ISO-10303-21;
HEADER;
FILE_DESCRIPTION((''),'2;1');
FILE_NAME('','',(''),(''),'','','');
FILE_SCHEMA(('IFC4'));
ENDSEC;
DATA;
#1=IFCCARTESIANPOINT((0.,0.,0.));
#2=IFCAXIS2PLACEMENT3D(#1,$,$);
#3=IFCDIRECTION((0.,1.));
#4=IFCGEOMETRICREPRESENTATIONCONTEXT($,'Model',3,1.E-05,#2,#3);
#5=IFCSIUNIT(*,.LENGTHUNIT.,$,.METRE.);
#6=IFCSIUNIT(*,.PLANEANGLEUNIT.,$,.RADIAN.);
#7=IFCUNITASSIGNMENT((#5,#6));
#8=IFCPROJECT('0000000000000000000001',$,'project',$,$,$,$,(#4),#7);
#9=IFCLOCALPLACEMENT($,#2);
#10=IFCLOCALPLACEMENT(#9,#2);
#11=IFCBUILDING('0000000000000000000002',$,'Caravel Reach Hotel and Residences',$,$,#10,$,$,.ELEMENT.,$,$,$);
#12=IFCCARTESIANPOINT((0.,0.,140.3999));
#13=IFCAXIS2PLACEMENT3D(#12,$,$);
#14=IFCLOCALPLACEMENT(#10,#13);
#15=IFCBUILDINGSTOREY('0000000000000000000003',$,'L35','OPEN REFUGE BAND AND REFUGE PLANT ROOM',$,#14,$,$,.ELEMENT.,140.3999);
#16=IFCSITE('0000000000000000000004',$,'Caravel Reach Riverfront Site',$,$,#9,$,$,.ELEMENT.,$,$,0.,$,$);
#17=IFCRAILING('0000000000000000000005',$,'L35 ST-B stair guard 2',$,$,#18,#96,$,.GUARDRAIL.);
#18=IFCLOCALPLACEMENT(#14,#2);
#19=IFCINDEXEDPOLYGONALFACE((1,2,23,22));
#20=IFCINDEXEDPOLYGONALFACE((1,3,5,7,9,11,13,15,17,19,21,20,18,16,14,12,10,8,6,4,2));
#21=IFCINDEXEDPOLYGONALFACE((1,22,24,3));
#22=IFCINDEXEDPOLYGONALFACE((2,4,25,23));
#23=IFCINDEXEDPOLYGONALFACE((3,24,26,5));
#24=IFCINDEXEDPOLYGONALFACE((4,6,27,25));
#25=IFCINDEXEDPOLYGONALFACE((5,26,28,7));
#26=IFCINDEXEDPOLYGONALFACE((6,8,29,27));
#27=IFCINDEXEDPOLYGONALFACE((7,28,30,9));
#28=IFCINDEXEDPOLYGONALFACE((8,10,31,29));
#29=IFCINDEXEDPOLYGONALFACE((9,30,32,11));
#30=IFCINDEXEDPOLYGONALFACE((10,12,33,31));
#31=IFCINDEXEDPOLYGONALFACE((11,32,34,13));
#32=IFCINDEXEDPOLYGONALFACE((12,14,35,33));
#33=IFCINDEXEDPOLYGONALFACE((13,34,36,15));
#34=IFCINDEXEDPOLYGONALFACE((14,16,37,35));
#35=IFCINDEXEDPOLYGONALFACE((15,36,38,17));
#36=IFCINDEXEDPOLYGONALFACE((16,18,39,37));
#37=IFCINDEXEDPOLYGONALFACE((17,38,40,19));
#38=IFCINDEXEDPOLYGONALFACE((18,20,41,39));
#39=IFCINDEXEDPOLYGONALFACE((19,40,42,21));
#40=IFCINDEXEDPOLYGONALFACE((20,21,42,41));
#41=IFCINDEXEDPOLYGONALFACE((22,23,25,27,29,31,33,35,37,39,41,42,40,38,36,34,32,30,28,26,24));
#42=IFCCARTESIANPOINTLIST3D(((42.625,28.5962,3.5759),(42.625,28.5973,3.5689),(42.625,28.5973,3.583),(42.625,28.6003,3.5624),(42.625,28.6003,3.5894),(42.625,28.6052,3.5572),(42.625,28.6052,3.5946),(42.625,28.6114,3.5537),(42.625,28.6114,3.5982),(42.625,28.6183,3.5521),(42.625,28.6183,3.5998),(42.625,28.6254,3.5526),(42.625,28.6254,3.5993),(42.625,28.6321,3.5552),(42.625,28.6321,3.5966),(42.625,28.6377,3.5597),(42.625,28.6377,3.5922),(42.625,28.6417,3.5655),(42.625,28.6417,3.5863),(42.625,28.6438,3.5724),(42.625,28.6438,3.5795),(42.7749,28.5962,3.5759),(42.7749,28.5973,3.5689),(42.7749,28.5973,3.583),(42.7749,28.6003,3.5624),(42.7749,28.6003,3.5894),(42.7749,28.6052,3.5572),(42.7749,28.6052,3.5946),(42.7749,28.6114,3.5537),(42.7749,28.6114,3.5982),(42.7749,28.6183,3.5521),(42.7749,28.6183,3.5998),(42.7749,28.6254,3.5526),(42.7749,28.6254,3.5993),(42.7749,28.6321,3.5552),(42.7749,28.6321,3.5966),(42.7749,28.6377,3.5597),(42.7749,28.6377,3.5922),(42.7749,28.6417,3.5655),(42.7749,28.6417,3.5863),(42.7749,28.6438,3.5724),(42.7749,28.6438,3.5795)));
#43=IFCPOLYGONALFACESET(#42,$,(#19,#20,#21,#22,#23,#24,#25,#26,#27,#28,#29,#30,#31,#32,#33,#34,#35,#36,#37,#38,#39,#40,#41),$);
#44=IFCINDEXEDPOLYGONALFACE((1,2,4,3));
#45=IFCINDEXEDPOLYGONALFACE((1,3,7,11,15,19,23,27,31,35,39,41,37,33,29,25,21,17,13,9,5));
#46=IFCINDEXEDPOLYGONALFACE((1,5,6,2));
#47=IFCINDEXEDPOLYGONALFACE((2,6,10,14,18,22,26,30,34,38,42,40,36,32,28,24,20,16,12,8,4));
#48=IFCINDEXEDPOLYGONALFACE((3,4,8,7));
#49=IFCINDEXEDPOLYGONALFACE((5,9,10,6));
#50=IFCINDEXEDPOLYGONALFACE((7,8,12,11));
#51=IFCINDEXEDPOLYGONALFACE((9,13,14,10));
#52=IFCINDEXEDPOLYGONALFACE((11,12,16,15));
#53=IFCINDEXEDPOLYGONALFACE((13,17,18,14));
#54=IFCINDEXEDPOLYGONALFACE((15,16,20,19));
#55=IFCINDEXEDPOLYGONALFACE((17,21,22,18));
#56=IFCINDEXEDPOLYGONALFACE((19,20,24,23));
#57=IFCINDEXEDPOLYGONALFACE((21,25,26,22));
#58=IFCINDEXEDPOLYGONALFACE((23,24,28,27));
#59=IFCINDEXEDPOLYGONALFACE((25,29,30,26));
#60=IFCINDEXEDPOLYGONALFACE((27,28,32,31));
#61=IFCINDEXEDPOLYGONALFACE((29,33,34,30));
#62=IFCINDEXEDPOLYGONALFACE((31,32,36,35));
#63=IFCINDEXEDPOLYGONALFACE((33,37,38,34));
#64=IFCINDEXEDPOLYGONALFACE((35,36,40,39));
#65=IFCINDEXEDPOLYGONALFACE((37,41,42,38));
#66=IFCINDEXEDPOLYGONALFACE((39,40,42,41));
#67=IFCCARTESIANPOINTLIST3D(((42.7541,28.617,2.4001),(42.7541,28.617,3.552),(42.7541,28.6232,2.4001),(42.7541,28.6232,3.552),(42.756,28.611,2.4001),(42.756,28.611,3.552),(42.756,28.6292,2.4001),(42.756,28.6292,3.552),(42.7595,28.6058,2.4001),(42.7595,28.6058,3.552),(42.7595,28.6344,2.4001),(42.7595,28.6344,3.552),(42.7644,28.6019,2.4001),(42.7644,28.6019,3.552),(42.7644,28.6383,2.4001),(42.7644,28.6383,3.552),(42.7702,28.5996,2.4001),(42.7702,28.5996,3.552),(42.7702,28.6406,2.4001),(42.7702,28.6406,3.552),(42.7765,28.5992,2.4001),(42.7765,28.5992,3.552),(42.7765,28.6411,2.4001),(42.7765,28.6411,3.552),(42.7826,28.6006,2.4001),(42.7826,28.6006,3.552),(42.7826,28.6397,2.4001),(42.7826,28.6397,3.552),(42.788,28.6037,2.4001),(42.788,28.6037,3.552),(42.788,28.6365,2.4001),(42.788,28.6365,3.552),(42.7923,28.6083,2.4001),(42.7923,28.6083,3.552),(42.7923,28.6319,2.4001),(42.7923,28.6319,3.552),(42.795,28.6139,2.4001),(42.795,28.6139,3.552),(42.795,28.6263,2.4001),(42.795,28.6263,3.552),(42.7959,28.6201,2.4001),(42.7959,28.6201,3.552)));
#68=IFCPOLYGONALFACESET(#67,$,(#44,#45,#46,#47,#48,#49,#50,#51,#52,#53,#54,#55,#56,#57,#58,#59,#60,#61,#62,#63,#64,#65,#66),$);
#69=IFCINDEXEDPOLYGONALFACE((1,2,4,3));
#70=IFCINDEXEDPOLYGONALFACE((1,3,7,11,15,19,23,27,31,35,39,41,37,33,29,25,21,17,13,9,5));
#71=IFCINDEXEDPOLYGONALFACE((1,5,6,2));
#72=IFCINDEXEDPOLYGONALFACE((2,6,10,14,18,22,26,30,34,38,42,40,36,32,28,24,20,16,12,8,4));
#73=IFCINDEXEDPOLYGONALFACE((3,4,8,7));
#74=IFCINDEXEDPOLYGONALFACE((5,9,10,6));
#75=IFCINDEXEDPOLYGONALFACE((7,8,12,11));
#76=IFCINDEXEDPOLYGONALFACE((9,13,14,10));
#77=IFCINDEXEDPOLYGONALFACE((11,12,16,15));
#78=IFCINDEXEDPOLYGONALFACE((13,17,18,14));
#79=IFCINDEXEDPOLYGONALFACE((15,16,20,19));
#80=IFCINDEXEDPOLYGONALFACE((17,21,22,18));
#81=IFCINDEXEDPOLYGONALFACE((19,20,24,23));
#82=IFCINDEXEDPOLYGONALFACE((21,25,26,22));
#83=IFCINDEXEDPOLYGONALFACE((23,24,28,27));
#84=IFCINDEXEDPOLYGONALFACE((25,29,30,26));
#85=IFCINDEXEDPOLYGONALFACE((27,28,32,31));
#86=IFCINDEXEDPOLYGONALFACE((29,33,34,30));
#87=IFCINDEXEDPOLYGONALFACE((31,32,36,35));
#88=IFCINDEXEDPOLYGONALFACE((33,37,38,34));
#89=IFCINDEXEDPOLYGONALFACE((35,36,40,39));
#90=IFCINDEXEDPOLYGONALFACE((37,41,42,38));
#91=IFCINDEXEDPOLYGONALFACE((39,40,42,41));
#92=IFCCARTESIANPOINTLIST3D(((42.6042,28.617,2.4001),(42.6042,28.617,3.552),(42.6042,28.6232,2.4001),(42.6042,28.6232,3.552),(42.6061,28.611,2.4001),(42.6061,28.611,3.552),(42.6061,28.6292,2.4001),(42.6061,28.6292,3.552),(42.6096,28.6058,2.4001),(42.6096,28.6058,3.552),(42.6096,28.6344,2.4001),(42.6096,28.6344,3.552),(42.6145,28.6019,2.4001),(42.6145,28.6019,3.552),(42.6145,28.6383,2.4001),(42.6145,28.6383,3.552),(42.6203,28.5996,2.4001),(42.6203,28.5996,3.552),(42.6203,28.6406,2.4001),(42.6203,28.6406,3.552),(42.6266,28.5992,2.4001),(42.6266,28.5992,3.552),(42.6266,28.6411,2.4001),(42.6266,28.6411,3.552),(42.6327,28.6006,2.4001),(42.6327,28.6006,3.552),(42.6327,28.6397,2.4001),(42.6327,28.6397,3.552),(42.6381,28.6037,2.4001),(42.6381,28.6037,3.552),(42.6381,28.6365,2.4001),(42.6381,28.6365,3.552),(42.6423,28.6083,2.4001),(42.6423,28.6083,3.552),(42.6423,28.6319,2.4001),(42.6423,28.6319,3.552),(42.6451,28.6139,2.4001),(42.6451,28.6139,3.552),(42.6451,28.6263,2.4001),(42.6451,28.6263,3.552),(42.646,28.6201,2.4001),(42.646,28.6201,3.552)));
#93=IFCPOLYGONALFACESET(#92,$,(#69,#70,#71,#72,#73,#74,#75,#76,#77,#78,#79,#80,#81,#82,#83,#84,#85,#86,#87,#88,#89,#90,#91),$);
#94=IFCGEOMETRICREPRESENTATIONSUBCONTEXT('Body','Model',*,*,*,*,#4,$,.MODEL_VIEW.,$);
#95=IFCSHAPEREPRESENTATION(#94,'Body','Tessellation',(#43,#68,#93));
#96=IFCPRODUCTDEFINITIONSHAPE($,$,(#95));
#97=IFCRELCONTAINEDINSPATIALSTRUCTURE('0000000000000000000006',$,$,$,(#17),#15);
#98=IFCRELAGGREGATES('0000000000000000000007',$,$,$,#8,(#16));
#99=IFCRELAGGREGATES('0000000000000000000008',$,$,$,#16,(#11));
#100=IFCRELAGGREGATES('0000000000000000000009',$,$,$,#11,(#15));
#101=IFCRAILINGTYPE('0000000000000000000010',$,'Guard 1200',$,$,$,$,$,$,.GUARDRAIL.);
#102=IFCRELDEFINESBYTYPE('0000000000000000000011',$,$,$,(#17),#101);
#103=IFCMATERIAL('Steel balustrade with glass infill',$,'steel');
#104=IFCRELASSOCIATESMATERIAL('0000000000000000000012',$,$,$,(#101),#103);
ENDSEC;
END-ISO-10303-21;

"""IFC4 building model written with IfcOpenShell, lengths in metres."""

from ifc_helpers import new_model, si_unit, direction, frame, origin, origin_2d, place, context, subcontext, project, spatial, circle, extrude, material, type_object, element, save


model = new_model("IFC4")

# Units and contexts
model_context = context("Model", 3, precision=1e-05, world=origin(), true_north=direction((0.0, 1.0)))
body_context = subcontext(model_context, "Body", "Model", "MODEL_VIEW")
ifc_project = project(units=[si_unit("LENGTHUNIT", "METRE"), si_unit("PLANEANGLEUNIT", "RADIAN")], contexts=[model_context])

# Site, building, storey
site_placement = place(None, origin())
site = spatial("IfcSite", under=ifc_project, at=site_placement, Name="Caravel Reach Riverfront Site", CompositionType="ELEMENT", RefElevation=0.0)
building_placement = place(site_placement, origin())
building = spatial("IfcBuilding", under=site, at=building_placement, Name="Caravel Reach Hotel and Residences", CompositionType="ELEMENT")
storey_placement = place(building_placement, frame((0.0, 0.0, 140.3999)))
storey = spatial("IfcBuildingStorey", under=building, at=storey_placement, Name="L35", Description="OPEN REFUGE BAND AND REFUGE PLANT ROOM", CompositionType="ELEMENT", Elevation=140.3999)

# Railing
ifc_material_1 = material(Name="Steel balustrade with glass infill", Category="steel")
railing_type_1 = type_object("IfcRailingType", Name="Guard 1200", PredefinedType="GUARDRAIL", material=ifc_material_1)
railing_1_placement = place(storey_placement, frame((42.7749, 28.6201, 2.4001)))
element("IfcRailing", 1, at=railing_1_placement, inside=storey, type_object=railing_type_1, Name="L35 ST-B stair guard 2", PredefinedType="GUARDRAIL", context=body_context, shape_type="SweptSolid", body=[
    extrude(circle(Radius=0.0239, at=origin_2d()), frame((0.0, 0.0, 1.1758), z_axis=(-1.0, 0.0, 0.0), x_axis=(0.0, -1.0, 0.0)), (0.0, 0.0, 1.0), 0.1499),
    extrude(circle(Radius=0.021, at=origin_2d()), origin(), (0.0, 0.0, 1.0), 1.1519),
    extrude(circle(Radius=0.021, at=origin_2d()), frame((-0.1499, 0.0, 0.0)), (0.0, 0.0, 1.0), 1.1519),
])

save(model, "model.ifc")
